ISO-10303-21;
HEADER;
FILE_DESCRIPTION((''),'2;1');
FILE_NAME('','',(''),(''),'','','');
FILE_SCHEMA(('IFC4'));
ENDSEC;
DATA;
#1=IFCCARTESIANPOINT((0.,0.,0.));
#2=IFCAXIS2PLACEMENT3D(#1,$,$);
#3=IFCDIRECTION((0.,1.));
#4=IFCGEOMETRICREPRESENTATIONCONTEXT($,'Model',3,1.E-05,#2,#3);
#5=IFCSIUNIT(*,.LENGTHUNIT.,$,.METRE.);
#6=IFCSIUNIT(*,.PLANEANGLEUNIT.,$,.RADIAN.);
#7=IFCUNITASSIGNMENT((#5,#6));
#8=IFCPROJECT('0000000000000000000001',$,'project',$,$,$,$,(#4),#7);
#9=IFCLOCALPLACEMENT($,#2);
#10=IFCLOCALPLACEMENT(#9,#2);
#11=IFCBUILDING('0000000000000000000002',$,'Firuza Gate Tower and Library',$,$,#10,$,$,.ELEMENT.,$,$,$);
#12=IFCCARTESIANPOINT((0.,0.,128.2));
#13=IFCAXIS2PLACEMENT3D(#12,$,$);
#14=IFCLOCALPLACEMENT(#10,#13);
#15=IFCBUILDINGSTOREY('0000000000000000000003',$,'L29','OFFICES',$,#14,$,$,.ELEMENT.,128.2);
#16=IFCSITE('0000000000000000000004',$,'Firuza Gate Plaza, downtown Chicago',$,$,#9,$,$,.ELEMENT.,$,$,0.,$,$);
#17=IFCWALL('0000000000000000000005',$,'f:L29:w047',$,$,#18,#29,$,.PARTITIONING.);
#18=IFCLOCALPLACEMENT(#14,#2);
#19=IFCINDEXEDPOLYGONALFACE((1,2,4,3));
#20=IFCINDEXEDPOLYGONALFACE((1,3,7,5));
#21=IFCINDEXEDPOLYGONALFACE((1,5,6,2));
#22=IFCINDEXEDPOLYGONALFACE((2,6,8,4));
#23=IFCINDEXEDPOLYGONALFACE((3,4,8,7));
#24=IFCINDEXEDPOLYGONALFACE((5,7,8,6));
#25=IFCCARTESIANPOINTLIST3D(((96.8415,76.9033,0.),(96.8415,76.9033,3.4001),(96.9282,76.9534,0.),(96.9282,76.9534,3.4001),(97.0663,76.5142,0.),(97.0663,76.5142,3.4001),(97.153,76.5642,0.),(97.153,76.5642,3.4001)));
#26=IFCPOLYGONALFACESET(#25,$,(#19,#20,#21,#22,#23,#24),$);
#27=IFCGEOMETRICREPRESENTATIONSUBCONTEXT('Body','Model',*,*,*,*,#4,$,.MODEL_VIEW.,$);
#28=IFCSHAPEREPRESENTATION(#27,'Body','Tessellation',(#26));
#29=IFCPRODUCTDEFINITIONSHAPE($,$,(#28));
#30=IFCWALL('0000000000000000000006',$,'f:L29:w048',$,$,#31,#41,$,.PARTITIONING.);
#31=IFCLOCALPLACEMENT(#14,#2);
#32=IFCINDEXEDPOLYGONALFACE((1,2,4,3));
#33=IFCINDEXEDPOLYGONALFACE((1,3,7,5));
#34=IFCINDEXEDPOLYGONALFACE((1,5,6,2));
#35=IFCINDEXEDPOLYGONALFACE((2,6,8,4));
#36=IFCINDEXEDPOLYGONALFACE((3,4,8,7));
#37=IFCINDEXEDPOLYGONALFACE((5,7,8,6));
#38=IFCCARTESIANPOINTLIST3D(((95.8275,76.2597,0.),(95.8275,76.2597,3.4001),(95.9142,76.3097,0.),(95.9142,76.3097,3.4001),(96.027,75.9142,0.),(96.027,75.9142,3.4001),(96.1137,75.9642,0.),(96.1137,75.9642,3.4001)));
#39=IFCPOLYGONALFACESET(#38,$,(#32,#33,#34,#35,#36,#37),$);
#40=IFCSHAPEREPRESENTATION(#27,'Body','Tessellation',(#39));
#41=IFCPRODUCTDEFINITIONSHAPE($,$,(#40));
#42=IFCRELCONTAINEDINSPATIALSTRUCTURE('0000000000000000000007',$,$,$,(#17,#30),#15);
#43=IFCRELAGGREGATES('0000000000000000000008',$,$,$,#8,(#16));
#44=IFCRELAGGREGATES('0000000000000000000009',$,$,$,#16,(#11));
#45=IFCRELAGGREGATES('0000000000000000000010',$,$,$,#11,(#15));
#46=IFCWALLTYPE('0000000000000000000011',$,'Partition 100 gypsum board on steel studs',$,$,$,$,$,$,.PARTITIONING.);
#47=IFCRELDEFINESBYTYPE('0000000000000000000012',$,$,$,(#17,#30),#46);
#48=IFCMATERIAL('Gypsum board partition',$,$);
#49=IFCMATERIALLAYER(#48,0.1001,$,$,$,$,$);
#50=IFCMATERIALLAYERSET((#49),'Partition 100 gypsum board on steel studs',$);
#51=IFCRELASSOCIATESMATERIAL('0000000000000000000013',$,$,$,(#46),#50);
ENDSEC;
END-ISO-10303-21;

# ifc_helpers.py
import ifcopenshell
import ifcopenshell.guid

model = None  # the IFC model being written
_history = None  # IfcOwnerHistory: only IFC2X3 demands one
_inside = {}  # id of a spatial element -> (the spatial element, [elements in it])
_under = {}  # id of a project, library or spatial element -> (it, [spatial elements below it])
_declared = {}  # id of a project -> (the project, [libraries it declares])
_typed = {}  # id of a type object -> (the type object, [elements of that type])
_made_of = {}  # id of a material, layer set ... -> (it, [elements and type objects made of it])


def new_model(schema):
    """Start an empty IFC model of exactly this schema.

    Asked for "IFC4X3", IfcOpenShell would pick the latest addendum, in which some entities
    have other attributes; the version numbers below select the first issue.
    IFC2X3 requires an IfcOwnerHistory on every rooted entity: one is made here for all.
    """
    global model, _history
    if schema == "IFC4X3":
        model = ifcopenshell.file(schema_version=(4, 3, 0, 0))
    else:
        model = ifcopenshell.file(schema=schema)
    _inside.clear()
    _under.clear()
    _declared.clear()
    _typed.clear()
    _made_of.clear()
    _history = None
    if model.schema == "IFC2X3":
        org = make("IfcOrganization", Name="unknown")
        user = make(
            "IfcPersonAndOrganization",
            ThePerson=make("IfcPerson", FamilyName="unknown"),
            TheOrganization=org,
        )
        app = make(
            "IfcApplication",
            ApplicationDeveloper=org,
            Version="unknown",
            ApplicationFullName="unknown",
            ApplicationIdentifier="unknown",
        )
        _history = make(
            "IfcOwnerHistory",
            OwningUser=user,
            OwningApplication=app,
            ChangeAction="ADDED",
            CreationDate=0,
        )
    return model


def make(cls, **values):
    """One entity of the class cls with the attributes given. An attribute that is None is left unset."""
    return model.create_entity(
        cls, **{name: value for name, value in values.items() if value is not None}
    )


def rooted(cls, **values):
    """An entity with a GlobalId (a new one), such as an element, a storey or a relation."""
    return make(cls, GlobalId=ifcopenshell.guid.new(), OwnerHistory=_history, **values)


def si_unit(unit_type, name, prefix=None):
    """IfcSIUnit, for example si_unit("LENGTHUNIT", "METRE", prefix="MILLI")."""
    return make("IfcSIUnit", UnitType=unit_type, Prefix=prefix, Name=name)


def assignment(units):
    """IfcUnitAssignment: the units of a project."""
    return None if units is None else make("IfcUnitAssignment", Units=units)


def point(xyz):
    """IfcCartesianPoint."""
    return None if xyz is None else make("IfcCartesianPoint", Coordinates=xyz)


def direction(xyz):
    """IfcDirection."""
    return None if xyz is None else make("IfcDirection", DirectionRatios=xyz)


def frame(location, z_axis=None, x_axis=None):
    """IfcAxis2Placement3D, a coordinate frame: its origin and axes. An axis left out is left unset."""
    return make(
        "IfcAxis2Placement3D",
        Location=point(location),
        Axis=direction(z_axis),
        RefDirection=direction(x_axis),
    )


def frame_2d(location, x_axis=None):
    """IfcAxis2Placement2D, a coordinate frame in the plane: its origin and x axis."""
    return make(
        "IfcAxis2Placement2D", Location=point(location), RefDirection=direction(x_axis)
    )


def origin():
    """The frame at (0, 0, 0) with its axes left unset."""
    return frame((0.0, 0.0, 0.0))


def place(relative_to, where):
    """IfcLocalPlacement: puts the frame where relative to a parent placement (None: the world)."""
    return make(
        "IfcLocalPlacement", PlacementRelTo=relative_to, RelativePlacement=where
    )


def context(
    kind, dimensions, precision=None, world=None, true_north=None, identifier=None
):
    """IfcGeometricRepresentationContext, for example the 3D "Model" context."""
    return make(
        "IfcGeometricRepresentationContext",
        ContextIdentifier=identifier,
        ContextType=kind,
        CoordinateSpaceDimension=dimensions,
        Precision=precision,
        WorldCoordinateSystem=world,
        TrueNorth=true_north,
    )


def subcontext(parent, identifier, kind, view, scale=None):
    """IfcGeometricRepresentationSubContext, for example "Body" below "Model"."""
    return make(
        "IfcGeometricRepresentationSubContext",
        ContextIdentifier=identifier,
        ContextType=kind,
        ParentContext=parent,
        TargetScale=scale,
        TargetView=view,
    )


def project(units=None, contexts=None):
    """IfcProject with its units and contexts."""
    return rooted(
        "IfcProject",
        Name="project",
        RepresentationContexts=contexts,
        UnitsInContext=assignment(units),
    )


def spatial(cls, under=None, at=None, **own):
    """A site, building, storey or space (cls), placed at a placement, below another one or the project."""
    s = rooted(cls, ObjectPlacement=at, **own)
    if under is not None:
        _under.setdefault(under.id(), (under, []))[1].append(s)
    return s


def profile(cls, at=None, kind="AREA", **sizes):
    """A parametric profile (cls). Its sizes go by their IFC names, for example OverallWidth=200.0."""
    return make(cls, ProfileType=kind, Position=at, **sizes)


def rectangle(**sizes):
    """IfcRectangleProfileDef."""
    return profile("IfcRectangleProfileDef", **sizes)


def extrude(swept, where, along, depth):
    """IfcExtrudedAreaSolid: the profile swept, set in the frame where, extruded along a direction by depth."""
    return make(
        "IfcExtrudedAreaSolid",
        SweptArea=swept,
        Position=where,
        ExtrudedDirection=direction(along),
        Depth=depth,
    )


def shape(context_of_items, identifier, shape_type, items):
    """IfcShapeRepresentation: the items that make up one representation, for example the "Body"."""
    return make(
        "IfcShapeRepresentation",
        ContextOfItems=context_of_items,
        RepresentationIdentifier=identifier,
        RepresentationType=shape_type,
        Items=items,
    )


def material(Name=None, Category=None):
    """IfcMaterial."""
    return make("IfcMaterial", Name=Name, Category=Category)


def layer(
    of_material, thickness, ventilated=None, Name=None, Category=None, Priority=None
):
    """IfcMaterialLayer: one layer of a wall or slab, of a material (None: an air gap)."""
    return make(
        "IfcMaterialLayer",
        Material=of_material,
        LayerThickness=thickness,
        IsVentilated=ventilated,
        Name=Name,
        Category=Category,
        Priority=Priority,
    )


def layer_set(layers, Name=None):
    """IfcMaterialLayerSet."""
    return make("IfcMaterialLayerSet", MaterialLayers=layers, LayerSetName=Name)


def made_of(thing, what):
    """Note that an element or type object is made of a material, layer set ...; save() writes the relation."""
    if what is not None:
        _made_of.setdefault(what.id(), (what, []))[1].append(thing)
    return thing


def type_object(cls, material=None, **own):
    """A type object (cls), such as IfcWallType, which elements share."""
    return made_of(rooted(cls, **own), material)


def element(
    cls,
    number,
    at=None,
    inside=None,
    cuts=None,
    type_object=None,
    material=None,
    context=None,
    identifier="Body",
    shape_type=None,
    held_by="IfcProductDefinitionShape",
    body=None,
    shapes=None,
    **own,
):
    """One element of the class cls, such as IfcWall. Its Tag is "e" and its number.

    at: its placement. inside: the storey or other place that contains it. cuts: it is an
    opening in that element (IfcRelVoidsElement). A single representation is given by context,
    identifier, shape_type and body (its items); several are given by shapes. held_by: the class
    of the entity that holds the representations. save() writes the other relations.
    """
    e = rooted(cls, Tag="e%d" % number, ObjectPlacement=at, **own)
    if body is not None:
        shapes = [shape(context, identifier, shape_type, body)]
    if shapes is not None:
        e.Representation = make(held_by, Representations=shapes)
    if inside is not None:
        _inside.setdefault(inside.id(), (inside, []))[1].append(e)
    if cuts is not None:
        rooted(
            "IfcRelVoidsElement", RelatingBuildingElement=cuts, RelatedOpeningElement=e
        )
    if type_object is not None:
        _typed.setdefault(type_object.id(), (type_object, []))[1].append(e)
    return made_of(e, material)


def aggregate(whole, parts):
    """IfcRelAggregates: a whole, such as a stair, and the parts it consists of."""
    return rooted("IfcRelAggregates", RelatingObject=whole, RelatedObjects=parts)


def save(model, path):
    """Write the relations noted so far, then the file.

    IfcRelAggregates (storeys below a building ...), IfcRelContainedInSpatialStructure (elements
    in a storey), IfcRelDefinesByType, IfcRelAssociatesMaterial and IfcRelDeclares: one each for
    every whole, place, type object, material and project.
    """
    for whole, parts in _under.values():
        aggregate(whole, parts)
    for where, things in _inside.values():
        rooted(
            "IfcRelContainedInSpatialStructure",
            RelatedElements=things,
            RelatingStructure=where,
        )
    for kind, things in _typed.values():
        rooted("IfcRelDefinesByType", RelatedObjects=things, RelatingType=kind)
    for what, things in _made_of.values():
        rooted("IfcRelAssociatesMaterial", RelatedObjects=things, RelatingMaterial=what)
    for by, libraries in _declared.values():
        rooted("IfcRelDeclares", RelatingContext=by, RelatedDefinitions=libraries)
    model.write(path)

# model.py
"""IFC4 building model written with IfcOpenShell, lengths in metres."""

from ifc_helpers import new_model, si_unit, direction, frame, frame_2d, origin, place, context, subcontext, project, spatial, rectangle, extrude, material, layer, layer_set, type_object, element, save


model = new_model("IFC4")

# Units and contexts
model_context = context("Model", 3, precision=1e-05, world=origin(), true_north=direction((0.0, 1.0)))
body_context = subcontext(model_context, "Body", "Model", "MODEL_VIEW")
ifc_project = project(units=[si_unit("LENGTHUNIT", "METRE"), si_unit("PLANEANGLEUNIT", "RADIAN")], contexts=[model_context])

# Site, building, storey
site_placement = place(None, origin())
site = spatial("IfcSite", under=ifc_project, at=site_placement, Name="Firuza Gate Plaza, downtown Chicago", CompositionType="ELEMENT", RefElevation=0.0)
building_placement = place(site_placement, origin())
building = spatial("IfcBuilding", under=site, at=building_placement, Name="Firuza Gate Tower and Library", CompositionType="ELEMENT")
storey_placement = place(building_placement, frame((0.0, 0.0, 128.2)))
storey = spatial("IfcBuildingStorey", under=building, at=storey_placement, Name="L29", Description="OFFICES", CompositionType="ELEMENT", Elevation=128.2)

# Shared definitions
ifc_material_1 = material(Name="Gypsum board partition")
ifc_layer_1 = layer(ifc_material_1, 0.1001)
ifc_layer_set_1 = layer_set([ifc_layer_1], Name="Partition 100 gypsum board on steel studs")
wall_type = type_object("IfcWallType", Name="Partition 100 gypsum board on steel studs", PredefinedType="PARTITIONING", material=ifc_layer_set_1)

# Walls
wall_1_placement = place(storey_placement, frame((97.1096, 76.5393, 0.0), z_axis=(0.0, 0.0, 1.0), x_axis=(-0.500287, 0.86586, 0.0)))
element("IfcWall", 1, at=wall_1_placement, inside=storey, type_object=wall_type, Name="f:L29:w047", PredefinedType="PARTITIONING", context=body_context, shape_type="SweptSolid", body=[
    extrude(rectangle(XDim=0.4495, YDim=0.1001, at=frame_2d((0.2246, 0.0))), origin(), (0.0, 0.0, 1.0), 3.4001),
])
wall_2_placement = place(storey_placement, frame((96.0703, 75.9392, 0.0), z_axis=(0.0, 0.0, 1.0), x_axis=(-0.500023, 0.866012, 0.0)))
element("IfcWall", 2, at=wall_2_placement, inside=storey, type_object=wall_type, Name="f:L29:w048", PredefinedType="PARTITIONING", context=body_context, shape_type="SweptSolid", body=[
    extrude(rectangle(XDim=0.3989, YDim=0.1001, at=frame_2d((0.1995, 0.0))), origin(), (0.0, 0.0, 1.0), 3.4001),
])

save(model, "model.ifc")
